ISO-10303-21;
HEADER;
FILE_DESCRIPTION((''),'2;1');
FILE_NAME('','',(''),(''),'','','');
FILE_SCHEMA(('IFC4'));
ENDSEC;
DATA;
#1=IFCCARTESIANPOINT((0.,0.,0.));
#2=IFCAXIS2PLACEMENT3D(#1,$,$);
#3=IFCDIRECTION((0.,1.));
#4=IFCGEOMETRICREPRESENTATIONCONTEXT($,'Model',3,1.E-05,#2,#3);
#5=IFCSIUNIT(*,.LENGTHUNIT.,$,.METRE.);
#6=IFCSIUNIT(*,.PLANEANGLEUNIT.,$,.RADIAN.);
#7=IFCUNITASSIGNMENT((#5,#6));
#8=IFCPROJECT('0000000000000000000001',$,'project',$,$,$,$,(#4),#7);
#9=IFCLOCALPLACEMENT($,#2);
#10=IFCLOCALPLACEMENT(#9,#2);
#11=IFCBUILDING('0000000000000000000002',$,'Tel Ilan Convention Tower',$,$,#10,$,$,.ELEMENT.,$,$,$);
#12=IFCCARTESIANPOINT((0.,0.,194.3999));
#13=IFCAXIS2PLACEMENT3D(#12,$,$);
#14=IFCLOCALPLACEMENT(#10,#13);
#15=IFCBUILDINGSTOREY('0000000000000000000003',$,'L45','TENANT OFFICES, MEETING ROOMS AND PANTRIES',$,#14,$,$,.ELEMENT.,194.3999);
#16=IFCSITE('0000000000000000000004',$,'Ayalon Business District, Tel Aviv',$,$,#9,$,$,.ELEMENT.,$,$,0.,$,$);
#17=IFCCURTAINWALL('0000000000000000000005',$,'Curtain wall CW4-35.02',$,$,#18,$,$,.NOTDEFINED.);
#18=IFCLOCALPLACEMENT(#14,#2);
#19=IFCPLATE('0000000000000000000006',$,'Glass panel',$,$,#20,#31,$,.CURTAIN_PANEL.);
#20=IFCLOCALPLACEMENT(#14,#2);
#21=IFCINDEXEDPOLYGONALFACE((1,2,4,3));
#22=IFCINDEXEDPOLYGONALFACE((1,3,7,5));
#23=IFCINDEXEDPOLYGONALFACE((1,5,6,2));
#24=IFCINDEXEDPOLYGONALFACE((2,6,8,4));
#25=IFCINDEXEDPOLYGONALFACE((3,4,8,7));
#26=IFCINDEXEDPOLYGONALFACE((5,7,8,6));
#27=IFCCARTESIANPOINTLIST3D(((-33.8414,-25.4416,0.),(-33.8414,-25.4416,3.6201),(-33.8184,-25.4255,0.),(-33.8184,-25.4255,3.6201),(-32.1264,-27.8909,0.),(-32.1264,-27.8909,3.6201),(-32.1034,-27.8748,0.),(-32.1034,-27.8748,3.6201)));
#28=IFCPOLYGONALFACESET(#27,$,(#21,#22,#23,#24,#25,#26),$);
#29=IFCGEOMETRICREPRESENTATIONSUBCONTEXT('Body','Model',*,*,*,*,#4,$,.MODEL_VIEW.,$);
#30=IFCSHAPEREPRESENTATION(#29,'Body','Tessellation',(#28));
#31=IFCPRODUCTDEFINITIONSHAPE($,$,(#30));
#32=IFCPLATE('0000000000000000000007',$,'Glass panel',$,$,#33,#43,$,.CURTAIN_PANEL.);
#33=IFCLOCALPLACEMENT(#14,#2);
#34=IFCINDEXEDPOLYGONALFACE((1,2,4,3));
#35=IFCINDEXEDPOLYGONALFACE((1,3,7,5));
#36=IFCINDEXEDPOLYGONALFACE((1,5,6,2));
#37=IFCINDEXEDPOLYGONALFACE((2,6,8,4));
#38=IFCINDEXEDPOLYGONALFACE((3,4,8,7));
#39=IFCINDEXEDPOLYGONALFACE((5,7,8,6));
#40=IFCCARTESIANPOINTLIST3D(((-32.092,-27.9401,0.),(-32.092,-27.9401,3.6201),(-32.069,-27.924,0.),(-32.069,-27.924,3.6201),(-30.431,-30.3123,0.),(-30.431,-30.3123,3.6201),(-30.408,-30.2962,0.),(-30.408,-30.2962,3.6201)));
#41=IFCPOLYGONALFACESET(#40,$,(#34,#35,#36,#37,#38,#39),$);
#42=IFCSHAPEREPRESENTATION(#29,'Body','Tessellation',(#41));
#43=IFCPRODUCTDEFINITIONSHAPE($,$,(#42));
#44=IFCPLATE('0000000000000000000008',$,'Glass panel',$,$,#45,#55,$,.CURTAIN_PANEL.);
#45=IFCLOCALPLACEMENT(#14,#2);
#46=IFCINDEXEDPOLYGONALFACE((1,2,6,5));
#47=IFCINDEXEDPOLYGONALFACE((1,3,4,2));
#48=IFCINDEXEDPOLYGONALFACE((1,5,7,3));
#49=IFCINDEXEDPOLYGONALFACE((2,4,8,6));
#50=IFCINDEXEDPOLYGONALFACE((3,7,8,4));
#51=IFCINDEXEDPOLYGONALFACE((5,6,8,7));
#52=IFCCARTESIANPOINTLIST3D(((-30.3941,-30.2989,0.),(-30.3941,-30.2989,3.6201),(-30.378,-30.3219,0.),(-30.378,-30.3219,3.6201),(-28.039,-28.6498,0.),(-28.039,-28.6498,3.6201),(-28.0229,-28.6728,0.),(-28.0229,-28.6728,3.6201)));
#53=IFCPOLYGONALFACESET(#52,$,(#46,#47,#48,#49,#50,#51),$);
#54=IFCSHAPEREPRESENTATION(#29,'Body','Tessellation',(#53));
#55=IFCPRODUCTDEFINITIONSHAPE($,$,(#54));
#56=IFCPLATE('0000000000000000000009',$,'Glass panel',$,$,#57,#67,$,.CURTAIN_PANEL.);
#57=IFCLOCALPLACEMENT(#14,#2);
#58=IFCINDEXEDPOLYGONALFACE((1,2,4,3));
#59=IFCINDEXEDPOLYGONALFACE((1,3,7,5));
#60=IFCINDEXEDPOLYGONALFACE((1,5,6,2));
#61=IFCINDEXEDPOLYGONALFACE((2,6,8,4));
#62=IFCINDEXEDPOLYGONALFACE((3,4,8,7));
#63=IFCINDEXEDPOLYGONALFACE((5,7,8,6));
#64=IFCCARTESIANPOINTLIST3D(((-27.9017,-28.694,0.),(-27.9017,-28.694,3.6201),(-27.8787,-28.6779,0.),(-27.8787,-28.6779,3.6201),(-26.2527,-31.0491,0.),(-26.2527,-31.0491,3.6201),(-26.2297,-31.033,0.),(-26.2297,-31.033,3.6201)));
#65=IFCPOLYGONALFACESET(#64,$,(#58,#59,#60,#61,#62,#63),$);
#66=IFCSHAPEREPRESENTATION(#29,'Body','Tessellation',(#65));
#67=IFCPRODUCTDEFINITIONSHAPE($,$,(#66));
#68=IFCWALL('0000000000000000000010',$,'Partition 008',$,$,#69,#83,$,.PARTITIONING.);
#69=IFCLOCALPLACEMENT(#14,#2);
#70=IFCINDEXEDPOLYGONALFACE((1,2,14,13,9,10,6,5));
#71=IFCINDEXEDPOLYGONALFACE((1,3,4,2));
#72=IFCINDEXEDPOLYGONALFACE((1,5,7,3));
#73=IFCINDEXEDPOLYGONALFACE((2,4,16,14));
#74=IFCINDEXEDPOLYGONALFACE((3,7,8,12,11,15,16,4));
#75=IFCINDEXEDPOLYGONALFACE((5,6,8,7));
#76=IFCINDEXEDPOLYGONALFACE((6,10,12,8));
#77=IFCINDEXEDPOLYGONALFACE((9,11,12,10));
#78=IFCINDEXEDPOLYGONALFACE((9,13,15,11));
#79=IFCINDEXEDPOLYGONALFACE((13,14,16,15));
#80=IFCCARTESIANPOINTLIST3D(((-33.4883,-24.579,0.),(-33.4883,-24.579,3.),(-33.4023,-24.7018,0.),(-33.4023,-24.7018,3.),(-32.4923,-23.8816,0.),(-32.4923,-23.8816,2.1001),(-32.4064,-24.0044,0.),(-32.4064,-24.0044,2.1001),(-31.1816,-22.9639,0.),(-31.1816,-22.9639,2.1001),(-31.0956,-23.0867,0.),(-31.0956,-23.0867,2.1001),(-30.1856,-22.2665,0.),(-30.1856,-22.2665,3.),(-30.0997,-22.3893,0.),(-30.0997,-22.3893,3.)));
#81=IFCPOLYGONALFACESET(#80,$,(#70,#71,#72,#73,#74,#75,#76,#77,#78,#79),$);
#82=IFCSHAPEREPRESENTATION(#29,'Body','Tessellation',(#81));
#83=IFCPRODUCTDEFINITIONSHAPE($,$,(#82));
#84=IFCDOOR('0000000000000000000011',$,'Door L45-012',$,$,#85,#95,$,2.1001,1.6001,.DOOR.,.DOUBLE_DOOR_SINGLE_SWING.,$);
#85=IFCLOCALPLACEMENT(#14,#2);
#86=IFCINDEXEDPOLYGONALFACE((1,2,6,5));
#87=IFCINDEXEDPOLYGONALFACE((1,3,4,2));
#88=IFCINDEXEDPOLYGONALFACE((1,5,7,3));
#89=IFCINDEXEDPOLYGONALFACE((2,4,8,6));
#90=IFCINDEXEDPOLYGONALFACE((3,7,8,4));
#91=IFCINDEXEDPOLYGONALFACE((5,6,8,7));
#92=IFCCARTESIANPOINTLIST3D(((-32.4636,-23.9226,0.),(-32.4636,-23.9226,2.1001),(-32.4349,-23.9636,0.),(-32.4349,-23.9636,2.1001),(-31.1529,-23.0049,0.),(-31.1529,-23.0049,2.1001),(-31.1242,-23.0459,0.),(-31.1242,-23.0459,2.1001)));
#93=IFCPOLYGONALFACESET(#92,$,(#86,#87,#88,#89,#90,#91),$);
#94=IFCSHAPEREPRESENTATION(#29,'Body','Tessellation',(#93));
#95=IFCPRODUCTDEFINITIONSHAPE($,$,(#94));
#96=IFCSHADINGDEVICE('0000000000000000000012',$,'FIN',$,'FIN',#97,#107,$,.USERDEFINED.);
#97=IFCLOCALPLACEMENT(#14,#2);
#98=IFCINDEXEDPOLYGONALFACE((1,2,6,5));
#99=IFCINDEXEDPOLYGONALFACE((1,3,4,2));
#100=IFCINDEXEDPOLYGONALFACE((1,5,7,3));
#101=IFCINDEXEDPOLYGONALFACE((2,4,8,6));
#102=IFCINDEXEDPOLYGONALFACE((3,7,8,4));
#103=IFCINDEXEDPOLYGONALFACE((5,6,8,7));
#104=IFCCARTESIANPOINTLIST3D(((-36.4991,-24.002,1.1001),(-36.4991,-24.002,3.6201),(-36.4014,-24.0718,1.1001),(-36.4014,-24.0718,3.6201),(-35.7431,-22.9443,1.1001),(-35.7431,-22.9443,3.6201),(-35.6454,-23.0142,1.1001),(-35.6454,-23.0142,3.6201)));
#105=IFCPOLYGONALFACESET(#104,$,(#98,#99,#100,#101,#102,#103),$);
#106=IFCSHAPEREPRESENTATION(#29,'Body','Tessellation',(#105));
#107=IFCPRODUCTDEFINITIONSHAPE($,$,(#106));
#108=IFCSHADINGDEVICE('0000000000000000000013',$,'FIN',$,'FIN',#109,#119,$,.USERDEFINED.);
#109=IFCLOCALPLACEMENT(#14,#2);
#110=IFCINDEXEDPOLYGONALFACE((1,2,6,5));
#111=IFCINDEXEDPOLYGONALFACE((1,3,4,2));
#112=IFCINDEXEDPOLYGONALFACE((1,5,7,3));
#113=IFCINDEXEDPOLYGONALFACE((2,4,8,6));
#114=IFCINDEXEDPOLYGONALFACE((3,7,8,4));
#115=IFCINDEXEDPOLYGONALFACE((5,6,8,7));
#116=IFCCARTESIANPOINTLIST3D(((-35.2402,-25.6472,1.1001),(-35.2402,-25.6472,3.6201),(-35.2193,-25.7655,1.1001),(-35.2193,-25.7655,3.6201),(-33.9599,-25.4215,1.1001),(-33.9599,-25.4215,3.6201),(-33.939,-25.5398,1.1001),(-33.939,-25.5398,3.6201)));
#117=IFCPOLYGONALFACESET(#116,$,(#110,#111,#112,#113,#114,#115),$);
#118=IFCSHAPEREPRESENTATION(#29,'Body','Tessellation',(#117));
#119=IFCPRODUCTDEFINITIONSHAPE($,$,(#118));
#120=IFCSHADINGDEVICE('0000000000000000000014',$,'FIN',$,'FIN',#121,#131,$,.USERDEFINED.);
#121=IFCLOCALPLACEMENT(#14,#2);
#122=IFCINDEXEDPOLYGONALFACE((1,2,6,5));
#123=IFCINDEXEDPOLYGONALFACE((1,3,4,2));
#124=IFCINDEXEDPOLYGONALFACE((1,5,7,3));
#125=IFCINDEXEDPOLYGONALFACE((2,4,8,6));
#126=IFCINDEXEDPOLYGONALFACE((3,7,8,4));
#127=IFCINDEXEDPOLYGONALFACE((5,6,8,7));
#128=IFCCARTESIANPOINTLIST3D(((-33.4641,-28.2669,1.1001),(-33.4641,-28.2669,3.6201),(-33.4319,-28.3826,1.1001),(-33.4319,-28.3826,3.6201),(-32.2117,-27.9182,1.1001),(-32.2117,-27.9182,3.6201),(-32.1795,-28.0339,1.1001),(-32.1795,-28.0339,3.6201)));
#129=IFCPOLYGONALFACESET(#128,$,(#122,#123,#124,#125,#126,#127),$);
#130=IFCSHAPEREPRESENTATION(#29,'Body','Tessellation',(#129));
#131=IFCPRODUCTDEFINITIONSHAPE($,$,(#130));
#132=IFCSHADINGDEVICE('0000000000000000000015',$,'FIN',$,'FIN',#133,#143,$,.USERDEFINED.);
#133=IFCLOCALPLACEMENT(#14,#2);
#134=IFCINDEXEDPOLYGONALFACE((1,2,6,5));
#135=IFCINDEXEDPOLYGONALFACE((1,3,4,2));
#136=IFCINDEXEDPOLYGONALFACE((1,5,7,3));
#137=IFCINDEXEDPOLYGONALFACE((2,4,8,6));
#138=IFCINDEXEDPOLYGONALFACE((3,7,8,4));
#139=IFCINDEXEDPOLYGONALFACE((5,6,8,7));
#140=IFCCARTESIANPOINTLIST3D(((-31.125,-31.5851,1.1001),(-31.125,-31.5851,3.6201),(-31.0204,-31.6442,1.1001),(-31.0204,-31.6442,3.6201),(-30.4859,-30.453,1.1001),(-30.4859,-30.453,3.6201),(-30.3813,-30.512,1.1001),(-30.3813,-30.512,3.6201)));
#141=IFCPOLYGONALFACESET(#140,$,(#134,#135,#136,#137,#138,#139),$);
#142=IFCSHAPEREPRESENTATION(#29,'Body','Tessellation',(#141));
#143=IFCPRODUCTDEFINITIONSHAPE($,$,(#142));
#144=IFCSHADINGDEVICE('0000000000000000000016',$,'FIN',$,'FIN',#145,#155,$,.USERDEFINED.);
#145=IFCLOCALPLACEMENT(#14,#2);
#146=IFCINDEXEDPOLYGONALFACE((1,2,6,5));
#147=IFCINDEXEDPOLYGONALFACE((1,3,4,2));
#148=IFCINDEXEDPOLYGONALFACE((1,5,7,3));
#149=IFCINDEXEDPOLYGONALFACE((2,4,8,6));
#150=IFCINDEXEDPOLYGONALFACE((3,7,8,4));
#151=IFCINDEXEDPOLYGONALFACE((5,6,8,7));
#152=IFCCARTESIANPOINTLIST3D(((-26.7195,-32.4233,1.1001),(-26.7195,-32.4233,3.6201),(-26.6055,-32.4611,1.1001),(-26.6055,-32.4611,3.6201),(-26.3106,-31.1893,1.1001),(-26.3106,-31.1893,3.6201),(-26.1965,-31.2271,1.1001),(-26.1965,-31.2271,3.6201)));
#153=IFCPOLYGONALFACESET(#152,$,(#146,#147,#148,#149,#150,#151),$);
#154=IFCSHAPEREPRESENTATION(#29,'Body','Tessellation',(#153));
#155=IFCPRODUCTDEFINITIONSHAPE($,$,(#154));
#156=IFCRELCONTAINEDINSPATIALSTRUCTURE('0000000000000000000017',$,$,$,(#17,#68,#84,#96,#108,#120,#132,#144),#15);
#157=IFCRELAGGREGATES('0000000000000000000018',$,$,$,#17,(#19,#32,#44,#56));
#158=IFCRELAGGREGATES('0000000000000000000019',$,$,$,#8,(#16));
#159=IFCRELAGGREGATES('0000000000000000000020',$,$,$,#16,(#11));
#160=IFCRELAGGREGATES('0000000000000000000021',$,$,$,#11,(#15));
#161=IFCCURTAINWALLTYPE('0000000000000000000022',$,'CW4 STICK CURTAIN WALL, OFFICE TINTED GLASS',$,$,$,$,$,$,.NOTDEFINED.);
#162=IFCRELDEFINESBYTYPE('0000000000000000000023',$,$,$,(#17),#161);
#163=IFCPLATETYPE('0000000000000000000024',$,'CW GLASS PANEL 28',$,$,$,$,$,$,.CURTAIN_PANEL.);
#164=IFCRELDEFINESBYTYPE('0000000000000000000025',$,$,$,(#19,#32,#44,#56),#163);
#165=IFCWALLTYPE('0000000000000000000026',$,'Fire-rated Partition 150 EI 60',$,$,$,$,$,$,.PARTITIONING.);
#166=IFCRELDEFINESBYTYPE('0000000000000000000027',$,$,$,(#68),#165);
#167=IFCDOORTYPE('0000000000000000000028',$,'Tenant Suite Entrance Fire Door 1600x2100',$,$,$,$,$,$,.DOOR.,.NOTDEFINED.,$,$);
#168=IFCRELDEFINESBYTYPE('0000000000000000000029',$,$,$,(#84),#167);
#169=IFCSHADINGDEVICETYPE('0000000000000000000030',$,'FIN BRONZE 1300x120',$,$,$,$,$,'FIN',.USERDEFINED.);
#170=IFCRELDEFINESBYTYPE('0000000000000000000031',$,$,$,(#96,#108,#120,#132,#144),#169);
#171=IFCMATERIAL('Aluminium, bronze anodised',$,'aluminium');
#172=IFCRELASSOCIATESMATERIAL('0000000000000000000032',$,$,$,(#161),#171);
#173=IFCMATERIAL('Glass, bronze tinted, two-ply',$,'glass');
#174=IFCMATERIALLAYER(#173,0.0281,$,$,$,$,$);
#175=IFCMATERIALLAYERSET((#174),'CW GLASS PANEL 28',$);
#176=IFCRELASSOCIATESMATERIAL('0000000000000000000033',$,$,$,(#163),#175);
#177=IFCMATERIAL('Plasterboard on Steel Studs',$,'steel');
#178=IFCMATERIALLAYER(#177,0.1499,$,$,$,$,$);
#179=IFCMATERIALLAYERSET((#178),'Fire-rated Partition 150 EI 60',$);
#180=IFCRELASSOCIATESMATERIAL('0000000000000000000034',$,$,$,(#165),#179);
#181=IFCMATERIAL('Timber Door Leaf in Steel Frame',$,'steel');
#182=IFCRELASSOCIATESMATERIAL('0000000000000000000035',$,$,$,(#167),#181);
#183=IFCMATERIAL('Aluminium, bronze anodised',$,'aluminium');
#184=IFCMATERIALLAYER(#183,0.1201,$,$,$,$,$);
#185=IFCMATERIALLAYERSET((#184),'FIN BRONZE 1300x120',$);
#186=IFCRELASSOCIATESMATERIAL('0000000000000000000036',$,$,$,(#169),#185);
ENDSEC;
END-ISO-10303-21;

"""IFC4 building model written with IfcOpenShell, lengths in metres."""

from ifc_helpers import new_model, si_unit, direction, frame, frame_2d, origin, origin_2d, place, context, subcontext, project, spatial, rectangle, extrude, material, layer, layer_set, type_object, element, fill, aggregate, save


model = new_model("IFC4")

# Units and contexts
model_context = context("Model", 3, precision=1e-05, world=origin(), true_north=direction((0.0, 1.0)))
body_context = subcontext(model_context, "Body", "Model", "MODEL_VIEW")
ifc_project = project(units=[si_unit("LENGTHUNIT", "METRE"), si_unit("PLANEANGLEUNIT", "RADIAN")], contexts=[model_context])

# Site, building, storey
site_placement = place(None, origin())
site = spatial("IfcSite", under=ifc_project, at=site_placement, Name="Ayalon Business District, Tel Aviv", CompositionType="ELEMENT", RefElevation=0.0)
building_placement = place(site_placement, origin())
building = spatial("IfcBuilding", under=site, at=building_placement, Name="Tel Ilan Convention Tower", CompositionType="ELEMENT")
storey_placement = place(building_placement, frame((0.0, 0.0, 194.3999)))
storey = spatial("IfcBuildingStorey", under=building, at=storey_placement, Name="L45", Description="TENANT OFFICES, MEETING ROOMS AND PANTRIES", CompositionType="ELEMENT", Elevation=194.3999)

# Curtain wall, plates
ifc_material_1 = material(Name="Aluminium, bronze anodised", Category="aluminium")
curtain_wall_type = type_object("IfcCurtainWallType", Name="CW4 STICK CURTAIN WALL, OFFICE TINTED GLASS", PredefinedType="NOTDEFINED", material=ifc_material_1)
curtain_wall_placement = place(storey_placement, origin())
curtain_wall = element("IfcCurtainWall", 1, at=curtain_wall_placement, inside=storey, type_object=curtain_wall_type, Name="Curtain wall CW4-35.02", PredefinedType="NOTDEFINED")
ifc_material_2 = material(Name="Glass, bronze tinted, two-ply", Category="glass")
ifc_layer_1 = layer(ifc_material_2, 0.0281)
ifc_layer_set_1 = layer_set([ifc_layer_1], Name="CW GLASS PANEL 28")
plate_type = type_object("IfcPlateType", Name="CW GLASS PANEL 28", PredefinedType="CURTAIN_PANEL", material=ifc_layer_set_1)
plate_1_placement = place(storey_placement, frame((-32.9724, -26.6582, 0.0), z_axis=(0.0, 0.0, 1.0), x_axis=(0.573576, -0.819152, 0.0)))
plate_1 = element("IfcPlate", 2, at=plate_1_placement, type_object=plate_type, Name="Glass panel", PredefinedType="CURTAIN_PANEL", context=body_context, shape_type="SweptSolid", body=[
    extrude(rectangle(XDim=2.99, YDim=0.0281, at=origin_2d()), origin(), (0.0, 0.0, 1.0), 3.6201),
])
plate_2_placement = place(storey_placement, frame((-31.25, -29.1182, 0.0), z_axis=(0.0, 0.0, 1.0), x_axis=(0.573576, -0.819152, 0.0)))
plate_2 = element("IfcPlate", 3, at=plate_2_placement, type_object=plate_type, Name="Glass panel", PredefinedType="CURTAIN_PANEL", context=body_context, shape_type="SweptSolid", body=[
    extrude(rectangle(XDim=2.896, YDim=0.0281, at=origin_2d()), origin(), (0.0, 0.0, 1.0), 3.6201),
])
plate_3_placement = place(storey_placement, frame((-29.2085, -29.4858, 0.0), z_axis=(0.0, 0.0, 1.0), x_axis=(0.819152, 0.573576, 0.0)))
plate_3 = element("IfcPlate", 4, at=plate_3_placement, type_object=plate_type, Name="Glass panel", PredefinedType="CURTAIN_PANEL", context=body_context, shape_type="SweptSolid", body=[
    extrude(rectangle(XDim=2.875, YDim=0.0281, at=origin_2d()), origin(), (0.0, 0.0, 1.0), 3.6201),
])
plate_4_placement = place(storey_placement, frame((-27.0657, -29.8635, 0.0), z_axis=(0.0, 0.0, 1.0), x_axis=(0.573576, -0.819152, 0.0)))
plate_4 = element("IfcPlate", 5, at=plate_4_placement, type_object=plate_type, Name="Glass panel", PredefinedType="CURTAIN_PANEL", context=body_context, shape_type="SweptSolid", body=[
    extrude(rectangle(XDim=2.875, YDim=0.0281, at=origin_2d()), origin(), (0.0, 0.0, 1.0), 3.6201),
])
aggregate(curtain_wall, [plate_1, plate_2, plate_3, plate_4])

# Wall, opening, door
ifc_material_3 = material(Name="Plasterboard on Steel Studs", Category="steel")
ifc_layer_2 = layer(ifc_material_3, 0.1499)
ifc_layer_set_2 = layer_set([ifc_layer_2], Name="Fire-rated Partition 150 EI 60")
wall_type = type_object("IfcWallType", Name="Fire-rated Partition 150 EI 60", PredefinedType="PARTITIONING", material=ifc_layer_set_2)
wall_placement = place(storey_placement, frame((-33.4453, -24.6404, 0.0), z_axis=(0.0, 0.0, 1.0), x_axis=(0.819164, 0.57356, 0.0)))
wall = element("IfcWall", 6, at=wall_placement, inside=storey, type_object=wall_type, Name="Partition 008", PredefinedType="PARTITIONING", context=body_context, shape_type="SweptSolid", body=[
    extrude(rectangle(XDim=4.0317, YDim=0.1499, at=frame_2d((2.0159, 0.0))), origin(), (0.0, 0.0, 1.0), 3.0),
])
opening_placement = place(wall_placement, frame((1.2158, 0.0, 0.0)))
opening = element("IfcOpeningElement", 7, at=opening_placement, cuts=wall, PredefinedType="OPENING", context=body_context, shape_type="SweptSolid", body=[
    extrude(rectangle(XDim=1.6001, YDim=2.1001, at=frame_2d((0.8, 1.05))), frame((0.0, 0.085, 0.0), z_axis=(0.0, -1.0, 0.0), x_axis=(1.0, 0.0, 0.0)), (0.0, 0.0, 1.0), 0.1699),
])
ifc_material_4 = material(Name="Timber Door Leaf in Steel Frame", Category="steel")
door_type = type_object("IfcDoorType", Name="Tenant Suite Entrance Fire Door 1600x2100", OperationType="NOTDEFINED", PredefinedType="DOOR", material=ifc_material_4)
door_placement = place(opening_placement, origin())
door = element("IfcDoor", 8, at=door_placement, inside=storey, type_object=door_type, Name="Door L45-012", OperationType="DOUBLE_DOOR_SINGLE_SWING", OverallHeight=2.1001, OverallWidth=1.6001, PredefinedType="DOOR", context=body_context, shape_type="SweptSolid", body=[
    extrude(rectangle(XDim=1.6001, YDim=2.1001, at=frame_2d((0.8, 1.05))), frame((0.0, 0.0249, 0.0), z_axis=(0.0, -1.0, 0.0), x_axis=(1.0, 0.0, 0.0)), (0.0, 0.0, 1.0), 0.05),
])
fill(opening, door)

# Shading devices
ifc_material_5 = material(Name="Aluminium, bronze anodised", Category="aluminium")
ifc_layer_3 = layer(ifc_material_5, 0.1201)
ifc_layer_set_3 = layer_set([ifc_layer_3], Name="FIN BRONZE 1300x120")
shading_device_type = type_object("IfcShadingDeviceType", Name="FIN BRONZE 1300x120", ElementType="FIN", PredefinedType="USERDEFINED", material=ifc_layer_set_3)
for number, where, z_axis, x_axis, name in (
    (9, (-36.0723, -23.5081, 1.1001), (0.0, 0.0, 1.0), (-0.581492, -0.813552, 0.0), "FIN"),
    (10, (-34.5896, -25.5935, 1.1001), (0.0, 0.0, 1.0), (-0.984808, -0.173648, 0.0), "FIN"),
    (11, (-32.8218, -28.1504, 1.1001), (0.0, 0.0, 1.0), (-0.963371, -0.268173, 0.0), "FIN"),
    (12, (-30.7532, -31.0486, 1.1001), (0.0, 0.0, 1.0), (-0.491579, -0.870833, 0.0), "FIN"),
    (13, (-26.458, -31.8252, 1.1001), (0.0, 0.0, 1.0), (-0.314545, -0.949243, 0.0), "FIN"),
):
    element("IfcShadingDevice", number, at=place(storey_placement, frame(where, z_axis=z_axis, x_axis=x_axis)), inside=storey, type_object=shading_device_type, Name=name, ObjectType="FIN", PredefinedType="USERDEFINED", context=body_context, shape_type="SweptSolid", body=[
        extrude(rectangle(XDim=1.3, YDim=0.1201, at=origin_2d()), origin(), (0.0, 0.0, 1.0), 2.52),
    ])

save(model, "model.ifc")
